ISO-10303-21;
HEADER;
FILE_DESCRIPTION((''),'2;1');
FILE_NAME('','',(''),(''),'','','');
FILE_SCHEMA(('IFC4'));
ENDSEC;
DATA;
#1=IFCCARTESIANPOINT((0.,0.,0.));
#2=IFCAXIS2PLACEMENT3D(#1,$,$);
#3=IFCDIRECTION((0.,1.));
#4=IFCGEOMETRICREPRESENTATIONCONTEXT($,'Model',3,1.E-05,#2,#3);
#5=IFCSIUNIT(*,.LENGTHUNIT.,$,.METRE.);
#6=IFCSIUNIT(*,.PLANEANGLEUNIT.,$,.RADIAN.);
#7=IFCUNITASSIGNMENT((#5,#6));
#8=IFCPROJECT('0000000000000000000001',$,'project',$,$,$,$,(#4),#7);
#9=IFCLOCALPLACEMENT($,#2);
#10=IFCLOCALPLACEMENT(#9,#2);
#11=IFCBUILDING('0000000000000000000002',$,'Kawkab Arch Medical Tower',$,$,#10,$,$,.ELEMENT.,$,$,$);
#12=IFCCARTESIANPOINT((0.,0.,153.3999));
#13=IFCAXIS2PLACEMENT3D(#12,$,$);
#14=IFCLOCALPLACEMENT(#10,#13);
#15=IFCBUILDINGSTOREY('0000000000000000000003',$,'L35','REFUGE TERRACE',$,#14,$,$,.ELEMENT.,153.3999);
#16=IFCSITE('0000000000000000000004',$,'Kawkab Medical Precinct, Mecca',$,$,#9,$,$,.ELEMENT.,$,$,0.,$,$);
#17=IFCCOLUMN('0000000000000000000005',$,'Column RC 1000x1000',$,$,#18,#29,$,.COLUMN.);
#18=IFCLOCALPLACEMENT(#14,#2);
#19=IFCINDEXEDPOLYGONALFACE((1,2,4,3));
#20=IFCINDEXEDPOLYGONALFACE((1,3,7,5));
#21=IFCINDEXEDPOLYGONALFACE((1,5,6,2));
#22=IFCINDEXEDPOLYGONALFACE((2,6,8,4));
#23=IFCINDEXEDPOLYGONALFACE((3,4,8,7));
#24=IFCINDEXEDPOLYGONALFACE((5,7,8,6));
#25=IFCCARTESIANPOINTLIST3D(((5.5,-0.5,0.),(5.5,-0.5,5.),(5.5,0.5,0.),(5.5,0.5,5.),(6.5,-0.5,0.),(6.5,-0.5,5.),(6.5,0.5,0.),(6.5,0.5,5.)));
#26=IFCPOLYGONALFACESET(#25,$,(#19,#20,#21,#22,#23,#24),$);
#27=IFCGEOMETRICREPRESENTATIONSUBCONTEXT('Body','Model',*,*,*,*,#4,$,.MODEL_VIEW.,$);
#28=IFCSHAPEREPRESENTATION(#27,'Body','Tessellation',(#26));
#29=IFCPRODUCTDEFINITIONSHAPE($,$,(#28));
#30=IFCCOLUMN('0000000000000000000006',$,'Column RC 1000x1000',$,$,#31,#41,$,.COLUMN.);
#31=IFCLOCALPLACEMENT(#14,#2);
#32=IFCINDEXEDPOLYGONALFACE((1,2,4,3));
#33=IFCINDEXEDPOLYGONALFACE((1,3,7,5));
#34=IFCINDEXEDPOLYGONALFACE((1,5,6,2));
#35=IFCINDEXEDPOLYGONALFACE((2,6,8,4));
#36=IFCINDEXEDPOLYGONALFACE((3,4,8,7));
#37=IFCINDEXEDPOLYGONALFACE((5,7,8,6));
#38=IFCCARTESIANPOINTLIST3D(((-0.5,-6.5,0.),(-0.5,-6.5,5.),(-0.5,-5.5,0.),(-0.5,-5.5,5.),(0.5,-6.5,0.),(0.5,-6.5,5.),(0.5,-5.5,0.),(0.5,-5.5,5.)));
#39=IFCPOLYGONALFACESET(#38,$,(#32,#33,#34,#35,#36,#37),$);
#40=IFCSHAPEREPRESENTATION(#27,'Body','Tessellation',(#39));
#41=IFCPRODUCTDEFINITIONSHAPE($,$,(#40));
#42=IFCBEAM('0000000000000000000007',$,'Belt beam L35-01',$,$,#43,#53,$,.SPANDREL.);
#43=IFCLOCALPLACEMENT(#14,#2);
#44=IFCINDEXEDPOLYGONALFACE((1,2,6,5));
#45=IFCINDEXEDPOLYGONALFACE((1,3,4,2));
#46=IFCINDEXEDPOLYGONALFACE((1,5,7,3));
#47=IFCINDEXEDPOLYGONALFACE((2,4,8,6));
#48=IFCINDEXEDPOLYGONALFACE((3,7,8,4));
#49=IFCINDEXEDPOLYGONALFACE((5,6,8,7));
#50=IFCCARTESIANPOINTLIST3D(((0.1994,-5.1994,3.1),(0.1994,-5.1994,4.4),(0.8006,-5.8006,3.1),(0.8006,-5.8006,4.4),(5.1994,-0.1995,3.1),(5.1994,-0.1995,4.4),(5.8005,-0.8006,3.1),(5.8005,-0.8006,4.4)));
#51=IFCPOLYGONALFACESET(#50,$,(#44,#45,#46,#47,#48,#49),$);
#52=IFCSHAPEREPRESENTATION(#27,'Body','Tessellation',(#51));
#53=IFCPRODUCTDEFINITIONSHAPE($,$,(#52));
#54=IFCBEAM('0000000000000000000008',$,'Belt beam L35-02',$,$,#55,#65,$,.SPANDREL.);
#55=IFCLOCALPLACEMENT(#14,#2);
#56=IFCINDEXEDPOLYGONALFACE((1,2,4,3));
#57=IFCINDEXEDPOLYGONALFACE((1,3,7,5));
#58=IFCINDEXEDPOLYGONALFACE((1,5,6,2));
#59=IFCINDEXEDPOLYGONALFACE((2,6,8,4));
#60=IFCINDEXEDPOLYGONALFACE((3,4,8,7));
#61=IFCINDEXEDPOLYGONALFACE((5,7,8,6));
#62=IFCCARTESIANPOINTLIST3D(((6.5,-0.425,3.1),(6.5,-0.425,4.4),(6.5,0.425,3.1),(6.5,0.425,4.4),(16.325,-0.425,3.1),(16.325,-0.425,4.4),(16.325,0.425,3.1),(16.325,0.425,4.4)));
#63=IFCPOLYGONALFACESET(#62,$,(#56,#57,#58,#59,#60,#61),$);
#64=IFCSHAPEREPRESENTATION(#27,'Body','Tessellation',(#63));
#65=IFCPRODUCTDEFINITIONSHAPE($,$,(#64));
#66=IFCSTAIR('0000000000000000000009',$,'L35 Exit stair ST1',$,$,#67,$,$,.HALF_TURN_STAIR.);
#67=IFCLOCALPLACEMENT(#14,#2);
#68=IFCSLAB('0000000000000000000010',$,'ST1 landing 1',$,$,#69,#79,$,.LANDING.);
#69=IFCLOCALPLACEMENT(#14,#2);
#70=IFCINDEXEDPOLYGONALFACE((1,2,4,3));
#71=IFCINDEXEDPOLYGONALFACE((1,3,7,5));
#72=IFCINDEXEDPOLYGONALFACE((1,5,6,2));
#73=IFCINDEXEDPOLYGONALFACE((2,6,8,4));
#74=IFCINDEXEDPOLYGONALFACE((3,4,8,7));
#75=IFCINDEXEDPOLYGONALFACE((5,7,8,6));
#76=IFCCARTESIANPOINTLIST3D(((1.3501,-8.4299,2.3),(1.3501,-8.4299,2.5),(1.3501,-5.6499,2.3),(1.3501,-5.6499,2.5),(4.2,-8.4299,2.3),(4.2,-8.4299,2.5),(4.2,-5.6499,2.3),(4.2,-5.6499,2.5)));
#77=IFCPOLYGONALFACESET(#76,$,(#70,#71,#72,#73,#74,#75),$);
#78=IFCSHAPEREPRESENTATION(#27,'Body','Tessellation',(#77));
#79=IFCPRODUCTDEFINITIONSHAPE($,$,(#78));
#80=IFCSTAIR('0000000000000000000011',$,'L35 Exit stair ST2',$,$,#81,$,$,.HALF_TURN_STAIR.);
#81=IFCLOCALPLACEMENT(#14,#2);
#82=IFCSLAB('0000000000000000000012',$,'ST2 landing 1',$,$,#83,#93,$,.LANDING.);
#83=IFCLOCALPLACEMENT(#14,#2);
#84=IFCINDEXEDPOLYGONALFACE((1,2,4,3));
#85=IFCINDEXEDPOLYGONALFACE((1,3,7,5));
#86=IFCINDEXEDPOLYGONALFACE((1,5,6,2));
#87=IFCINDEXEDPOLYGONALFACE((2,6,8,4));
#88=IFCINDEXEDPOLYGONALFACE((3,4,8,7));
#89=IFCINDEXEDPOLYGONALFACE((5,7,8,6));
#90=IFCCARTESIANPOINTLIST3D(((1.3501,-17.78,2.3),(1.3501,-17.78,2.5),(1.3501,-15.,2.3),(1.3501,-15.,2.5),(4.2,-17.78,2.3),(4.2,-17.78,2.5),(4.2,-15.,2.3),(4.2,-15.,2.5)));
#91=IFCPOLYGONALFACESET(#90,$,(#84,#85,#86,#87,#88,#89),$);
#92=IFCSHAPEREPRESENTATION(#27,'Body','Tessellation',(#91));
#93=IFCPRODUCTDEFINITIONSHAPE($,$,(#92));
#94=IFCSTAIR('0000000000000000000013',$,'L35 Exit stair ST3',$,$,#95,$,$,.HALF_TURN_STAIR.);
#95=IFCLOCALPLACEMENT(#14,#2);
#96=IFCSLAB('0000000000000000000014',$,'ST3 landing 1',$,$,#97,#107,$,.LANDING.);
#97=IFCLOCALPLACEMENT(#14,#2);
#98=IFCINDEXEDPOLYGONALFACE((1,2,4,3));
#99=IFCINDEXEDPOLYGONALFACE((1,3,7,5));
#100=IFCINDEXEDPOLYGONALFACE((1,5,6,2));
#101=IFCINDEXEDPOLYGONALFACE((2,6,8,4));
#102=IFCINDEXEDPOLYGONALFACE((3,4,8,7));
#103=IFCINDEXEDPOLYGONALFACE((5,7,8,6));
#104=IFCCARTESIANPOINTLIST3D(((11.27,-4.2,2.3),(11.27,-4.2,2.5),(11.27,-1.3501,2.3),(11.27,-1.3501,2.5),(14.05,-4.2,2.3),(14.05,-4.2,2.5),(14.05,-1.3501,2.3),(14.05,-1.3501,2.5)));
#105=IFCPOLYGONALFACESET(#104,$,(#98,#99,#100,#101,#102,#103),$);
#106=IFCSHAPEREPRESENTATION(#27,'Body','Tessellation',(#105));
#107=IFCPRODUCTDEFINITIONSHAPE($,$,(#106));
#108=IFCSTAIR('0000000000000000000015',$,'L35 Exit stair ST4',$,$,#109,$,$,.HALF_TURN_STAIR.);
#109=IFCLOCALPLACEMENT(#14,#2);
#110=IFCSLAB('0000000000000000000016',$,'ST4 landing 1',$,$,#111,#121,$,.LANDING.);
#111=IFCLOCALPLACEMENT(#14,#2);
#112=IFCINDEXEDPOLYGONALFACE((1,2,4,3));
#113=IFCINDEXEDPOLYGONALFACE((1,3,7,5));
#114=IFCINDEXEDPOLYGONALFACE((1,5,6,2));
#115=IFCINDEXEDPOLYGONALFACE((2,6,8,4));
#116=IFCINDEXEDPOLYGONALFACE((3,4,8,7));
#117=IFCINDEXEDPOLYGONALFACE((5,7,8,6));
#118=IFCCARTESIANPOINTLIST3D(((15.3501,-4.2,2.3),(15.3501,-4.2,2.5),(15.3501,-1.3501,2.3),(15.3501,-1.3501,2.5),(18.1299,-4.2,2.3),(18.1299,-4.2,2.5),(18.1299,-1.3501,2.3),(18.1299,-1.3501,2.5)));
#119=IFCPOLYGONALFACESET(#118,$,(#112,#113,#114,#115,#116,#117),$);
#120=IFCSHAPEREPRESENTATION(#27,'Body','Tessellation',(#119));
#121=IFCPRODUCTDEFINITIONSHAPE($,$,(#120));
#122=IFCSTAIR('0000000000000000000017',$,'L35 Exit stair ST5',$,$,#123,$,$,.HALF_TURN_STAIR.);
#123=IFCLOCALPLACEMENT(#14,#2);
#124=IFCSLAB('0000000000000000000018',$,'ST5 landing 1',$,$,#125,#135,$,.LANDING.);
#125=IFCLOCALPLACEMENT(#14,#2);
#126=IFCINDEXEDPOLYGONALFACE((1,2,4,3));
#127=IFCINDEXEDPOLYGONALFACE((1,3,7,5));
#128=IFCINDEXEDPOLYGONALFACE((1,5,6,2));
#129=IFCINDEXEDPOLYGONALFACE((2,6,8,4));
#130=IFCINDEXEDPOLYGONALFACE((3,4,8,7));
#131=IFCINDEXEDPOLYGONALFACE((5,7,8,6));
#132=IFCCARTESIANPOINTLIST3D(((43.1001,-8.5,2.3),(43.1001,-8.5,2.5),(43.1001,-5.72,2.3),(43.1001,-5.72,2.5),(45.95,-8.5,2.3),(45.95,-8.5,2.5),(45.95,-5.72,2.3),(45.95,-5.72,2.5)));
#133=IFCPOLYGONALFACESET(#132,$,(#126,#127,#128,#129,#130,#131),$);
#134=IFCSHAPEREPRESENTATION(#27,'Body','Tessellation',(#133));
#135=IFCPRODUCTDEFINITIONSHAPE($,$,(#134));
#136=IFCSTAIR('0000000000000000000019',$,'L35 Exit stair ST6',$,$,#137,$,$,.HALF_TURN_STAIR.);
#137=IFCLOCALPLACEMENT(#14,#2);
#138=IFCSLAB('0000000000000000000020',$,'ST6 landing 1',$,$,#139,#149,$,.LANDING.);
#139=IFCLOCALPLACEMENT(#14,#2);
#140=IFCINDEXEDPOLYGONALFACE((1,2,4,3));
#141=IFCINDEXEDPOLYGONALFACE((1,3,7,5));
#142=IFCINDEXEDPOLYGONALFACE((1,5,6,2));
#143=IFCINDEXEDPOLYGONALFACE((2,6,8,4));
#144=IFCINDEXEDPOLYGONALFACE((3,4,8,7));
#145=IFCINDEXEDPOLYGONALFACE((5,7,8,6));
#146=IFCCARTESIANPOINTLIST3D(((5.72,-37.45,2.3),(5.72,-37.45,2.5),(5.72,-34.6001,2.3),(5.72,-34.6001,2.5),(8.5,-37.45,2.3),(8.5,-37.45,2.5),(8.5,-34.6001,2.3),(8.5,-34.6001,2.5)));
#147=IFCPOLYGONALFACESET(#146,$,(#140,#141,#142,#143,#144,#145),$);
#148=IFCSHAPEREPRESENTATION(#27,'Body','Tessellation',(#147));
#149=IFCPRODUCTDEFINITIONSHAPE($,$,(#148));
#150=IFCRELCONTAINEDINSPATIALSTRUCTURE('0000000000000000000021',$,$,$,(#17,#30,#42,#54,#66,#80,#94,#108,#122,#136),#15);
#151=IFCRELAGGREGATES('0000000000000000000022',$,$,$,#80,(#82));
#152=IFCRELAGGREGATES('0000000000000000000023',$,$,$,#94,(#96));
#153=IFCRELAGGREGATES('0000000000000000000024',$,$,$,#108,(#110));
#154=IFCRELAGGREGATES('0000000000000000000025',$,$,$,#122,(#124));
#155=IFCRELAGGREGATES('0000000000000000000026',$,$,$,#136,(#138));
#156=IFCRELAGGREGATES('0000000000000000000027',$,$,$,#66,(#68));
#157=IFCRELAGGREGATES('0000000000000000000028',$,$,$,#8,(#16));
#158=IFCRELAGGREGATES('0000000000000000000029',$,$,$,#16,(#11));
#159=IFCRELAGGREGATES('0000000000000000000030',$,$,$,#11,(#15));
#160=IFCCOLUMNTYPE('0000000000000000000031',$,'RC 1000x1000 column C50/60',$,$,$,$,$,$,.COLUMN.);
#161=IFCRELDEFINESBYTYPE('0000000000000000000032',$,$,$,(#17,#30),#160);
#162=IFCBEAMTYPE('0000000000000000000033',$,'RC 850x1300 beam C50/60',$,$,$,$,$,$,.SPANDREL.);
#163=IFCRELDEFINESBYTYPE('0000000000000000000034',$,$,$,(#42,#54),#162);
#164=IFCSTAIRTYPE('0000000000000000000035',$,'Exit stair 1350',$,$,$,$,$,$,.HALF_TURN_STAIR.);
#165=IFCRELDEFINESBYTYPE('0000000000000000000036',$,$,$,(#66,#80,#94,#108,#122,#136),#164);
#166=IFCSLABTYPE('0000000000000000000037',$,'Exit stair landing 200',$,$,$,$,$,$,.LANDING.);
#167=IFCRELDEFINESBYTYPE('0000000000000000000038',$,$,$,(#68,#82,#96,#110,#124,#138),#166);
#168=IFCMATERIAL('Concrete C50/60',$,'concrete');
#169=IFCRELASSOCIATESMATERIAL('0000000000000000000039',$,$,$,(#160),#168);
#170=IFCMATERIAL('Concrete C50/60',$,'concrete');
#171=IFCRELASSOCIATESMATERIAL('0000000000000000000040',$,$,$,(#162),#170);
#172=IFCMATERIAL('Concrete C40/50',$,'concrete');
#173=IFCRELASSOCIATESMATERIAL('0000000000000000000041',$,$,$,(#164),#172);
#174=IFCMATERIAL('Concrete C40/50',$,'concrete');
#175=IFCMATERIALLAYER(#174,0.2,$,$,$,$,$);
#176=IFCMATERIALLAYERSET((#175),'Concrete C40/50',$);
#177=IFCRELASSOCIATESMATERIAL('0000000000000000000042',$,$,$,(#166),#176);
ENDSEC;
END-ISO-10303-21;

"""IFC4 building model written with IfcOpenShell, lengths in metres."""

from ifc_helpers import new_model, si_unit, direction, frame, origin, origin_2d, place, context, subcontext, project, spatial, polyline, rectangle, outline, extrude, material, layer, layer_set, material_profile, profile_set, type_object, element, aggregate, save


model = new_model("IFC4")

# Units and contexts
model_context = context("Model", 3, precision=1e-05, world=origin(), true_north=direction((0.0, 1.0)))
body_context = subcontext(model_context, "Body", "Model", "MODEL_VIEW")
ifc_project = project(units=[si_unit("LENGTHUNIT", "METRE"), si_unit("PLANEANGLEUNIT", "RADIAN")], contexts=[model_context])

# Site, building, storey
site_placement = place(None, origin())
site = spatial("IfcSite", under=ifc_project, at=site_placement, Name="Kawkab Medical Precinct, Mecca", CompositionType="ELEMENT", RefElevation=0.0)
building_placement = place(site_placement, origin())
building = spatial("IfcBuilding", under=site, at=building_placement, Name="Kawkab Arch Medical Tower", CompositionType="ELEMENT")
storey_placement = place(building_placement, frame((0.0, 0.0, 153.3999)))
storey = spatial("IfcBuildingStorey", under=building, at=storey_placement, Name="L35", Description="REFUGE TERRACE", CompositionType="ELEMENT", Elevation=153.3999)

# Columns
ifc_material_1 = material(Name="Concrete C50/60", Category="concrete")
ifc_material_profile_1 = material_profile(ifc_material_1, rectangle(XDim=1.0, YDim=1.0, at=origin_2d()), Name="RC 1000x1000")
ifc_profile_set_1 = profile_set([ifc_material_profile_1], Name="Concrete C50/60")
column_type = type_object("IfcColumnType", Name="RC 1000x1000 column C50/60", PredefinedType="COLUMN", material=ifc_profile_set_1)
for number, where, z_axis, x_axis, name in (
    (1, (6.0, 0.0, 0.0), (0.0, 0.0, 1.0), (1.0, 0.0, 0.0), "Column RC 1000x1000"),
    (2, (0.0, -6.0, 0.0), (0.0, 0.0, 1.0), (1.0, 0.0, 0.0), "Column RC 1000x1000"),
):
    element("IfcColumn", number, at=place(storey_placement, frame(where, z_axis=z_axis, x_axis=x_axis)), inside=storey, type_object=column_type, Name=name, PredefinedType="COLUMN", context=body_context, shape_type="SweptSolid", body=[
        extrude(rectangle(XDim=1.0, YDim=1.0, at=origin_2d()), origin(), (0.0, 0.0, 1.0), 5.0),
    ])

# Beams
ifc_material_2 = material(Name="Concrete C50/60", Category="concrete")
ifc_material_profile_2 = material_profile(ifc_material_2, rectangle(XDim=0.8501, YDim=1.3, at=origin_2d()), Name="RC 850x1300")
ifc_profile_set_2 = profile_set([ifc_material_profile_2], Name="Concrete C50/60")
beam_type = type_object("IfcBeamType", Name="RC 850x1300 beam C50/60", PredefinedType="SPANDREL", material=ifc_profile_set_2)
beam_1_placement = place(storey_placement, frame((0.5, -5.5, 3.75), z_axis=(0.707107, 0.707107, 0.0), x_axis=(-0.707107, 0.707107, 0.0)))
element("IfcBeam", 3, at=beam_1_placement, inside=storey, type_object=beam_type, Name="Belt beam L35-01", PredefinedType="SPANDREL", context=body_context, shape_type="SweptSolid", body=[
    extrude(rectangle(XDim=0.8501, YDim=1.3, at=origin_2d()), origin(), (0.0, 0.0, 1.0), 7.071),
])
beam_2_placement = place(storey_placement, frame((6.5, 0.0, 3.75), z_axis=(1.0, 0.0, 0.0), x_axis=(0.0, 1.0, 0.0)))
element("IfcBeam", 4, at=beam_2_placement, inside=storey, type_object=beam_type, Name="Belt beam L35-02", PredefinedType="SPANDREL", context=body_context, shape_type="SweptSolid", body=[
    extrude(rectangle(XDim=0.8501, YDim=1.3, at=origin_2d()), origin(), (0.0, 0.0, 1.0), 9.825),
])

# Stairs, slabs
ifc_material_3 = material(Name="Concrete C40/50", Category="concrete")
stair_type = type_object("IfcStairType", Name="Exit stair 1350", PredefinedType="HALF_TURN_STAIR", material=ifc_material_3)
placement_1 = place(storey_placement, origin())
stair_1 = element("IfcStair", 5, at=placement_1, inside=storey, type_object=stair_type, Name="L35 Exit stair ST1", PredefinedType="HALF_TURN_STAIR")
ifc_material_4 = material(Name="Concrete C40/50", Category="concrete")
ifc_layer_1 = layer(ifc_material_4, 0.2)
ifc_layer_set_1 = layer_set([ifc_layer_1], Name="Concrete C40/50")
slab_type_1 = type_object("IfcSlabType", Name="Exit stair landing 200", PredefinedType="LANDING", material=ifc_layer_set_1)
placement_2 = place(storey_placement, frame((0.0, 0.0, 2.3)))
slab_1 = element("IfcSlab", 6, at=placement_2, type_object=slab_type_1, Name="ST1 landing 1", PredefinedType="LANDING", context=body_context, shape_type="SweptSolid", body=[
    extrude(outline(polyline([(4.2, -8.4299), (4.2, -5.6499), (1.3501, -5.6499), (1.3501, -8.4299), (4.2, -8.4299)])), origin(), (0.0, 0.0, 1.0), 0.2),
])
stair_2 = element("IfcStair", 7, at=placement_1, inside=storey, type_object=stair_type, Name="L35 Exit stair ST2", PredefinedType="HALF_TURN_STAIR")
slab_2 = element("IfcSlab", 8, at=placement_2, type_object=slab_type_1, Name="ST2 landing 1", PredefinedType="LANDING", context=body_context, shape_type="SweptSolid", body=[
    extrude(outline(polyline([(4.2, -17.78), (4.2, -15.0), (1.3501, -15.0), (1.3501, -17.78), (4.2, -17.78)])), origin(), (0.0, 0.0, 1.0), 0.2),
])
aggregate(stair_2, [slab_2])
stair_3 = element("IfcStair", 9, at=placement_1, inside=storey, type_object=stair_type, Name="L35 Exit stair ST3", PredefinedType="HALF_TURN_STAIR")
slab_3 = element("IfcSlab", 10, at=placement_2, type_object=slab_type_1, Name="ST3 landing 1", PredefinedType="LANDING", context=body_context, shape_type="SweptSolid", body=[
    extrude(outline(polyline([(11.27, -4.2), (14.05, -4.2), (14.05, -1.3501), (11.27, -1.3501), (11.27, -4.2)])), origin(), (0.0, 0.0, 1.0), 0.2),
])
aggregate(stair_3, [slab_3])
stair_4 = element("IfcStair", 11, at=placement_1, inside=storey, type_object=stair_type, Name="L35 Exit stair ST4", PredefinedType="HALF_TURN_STAIR")
slab_4 = element("IfcSlab", 12, at=placement_2, type_object=slab_type_1, Name="ST4 landing 1", PredefinedType="LANDING", context=body_context, shape_type="SweptSolid", body=[
    extrude(outline(polyline([(18.1299, -1.3501), (15.3501, -1.3501), (15.3501, -4.2), (18.1299, -4.2), (18.1299, -1.3501)])), origin(), (0.0, 0.0, 1.0), 0.2),
])
aggregate(stair_4, [slab_4])
stair_5 = element("IfcStair", 13, at=placement_1, inside=storey, type_object=stair_type, Name="L35 Exit stair ST5", PredefinedType="HALF_TURN_STAIR")
slab_5 = element("IfcSlab", 14, at=placement_2, type_object=slab_type_1, Name="ST5 landing 1", PredefinedType="LANDING", context=body_context, shape_type="SweptSolid", body=[
    extrude(outline(polyline([(43.1001, -5.72), (43.1001, -8.5), (45.95, -8.5), (45.95, -5.72), (43.1001, -5.72)])), origin(), (0.0, 0.0, 1.0), 0.2),
])
aggregate(stair_5, [slab_5])
stair_6 = element("IfcStair", 15, at=placement_1, inside=storey, type_object=stair_type, Name="L35 Exit stair ST6", PredefinedType="HALF_TURN_STAIR")
slab_6 = element("IfcSlab", 16, at=placement_2, type_object=slab_type_1, Name="ST6 landing 1", PredefinedType="LANDING", context=body_context, shape_type="SweptSolid", body=[
    extrude(outline(polyline([(5.72, -37.45), (8.5, -37.45), (8.5, -34.6001), (5.72, -34.6001), (5.72, -37.45)])), origin(), (0.0, 0.0, 1.0), 0.2),
])
aggregate(stair_6, [slab_6])

aggregate(stair_1, [slab_1])

save(model, "model.ifc")
